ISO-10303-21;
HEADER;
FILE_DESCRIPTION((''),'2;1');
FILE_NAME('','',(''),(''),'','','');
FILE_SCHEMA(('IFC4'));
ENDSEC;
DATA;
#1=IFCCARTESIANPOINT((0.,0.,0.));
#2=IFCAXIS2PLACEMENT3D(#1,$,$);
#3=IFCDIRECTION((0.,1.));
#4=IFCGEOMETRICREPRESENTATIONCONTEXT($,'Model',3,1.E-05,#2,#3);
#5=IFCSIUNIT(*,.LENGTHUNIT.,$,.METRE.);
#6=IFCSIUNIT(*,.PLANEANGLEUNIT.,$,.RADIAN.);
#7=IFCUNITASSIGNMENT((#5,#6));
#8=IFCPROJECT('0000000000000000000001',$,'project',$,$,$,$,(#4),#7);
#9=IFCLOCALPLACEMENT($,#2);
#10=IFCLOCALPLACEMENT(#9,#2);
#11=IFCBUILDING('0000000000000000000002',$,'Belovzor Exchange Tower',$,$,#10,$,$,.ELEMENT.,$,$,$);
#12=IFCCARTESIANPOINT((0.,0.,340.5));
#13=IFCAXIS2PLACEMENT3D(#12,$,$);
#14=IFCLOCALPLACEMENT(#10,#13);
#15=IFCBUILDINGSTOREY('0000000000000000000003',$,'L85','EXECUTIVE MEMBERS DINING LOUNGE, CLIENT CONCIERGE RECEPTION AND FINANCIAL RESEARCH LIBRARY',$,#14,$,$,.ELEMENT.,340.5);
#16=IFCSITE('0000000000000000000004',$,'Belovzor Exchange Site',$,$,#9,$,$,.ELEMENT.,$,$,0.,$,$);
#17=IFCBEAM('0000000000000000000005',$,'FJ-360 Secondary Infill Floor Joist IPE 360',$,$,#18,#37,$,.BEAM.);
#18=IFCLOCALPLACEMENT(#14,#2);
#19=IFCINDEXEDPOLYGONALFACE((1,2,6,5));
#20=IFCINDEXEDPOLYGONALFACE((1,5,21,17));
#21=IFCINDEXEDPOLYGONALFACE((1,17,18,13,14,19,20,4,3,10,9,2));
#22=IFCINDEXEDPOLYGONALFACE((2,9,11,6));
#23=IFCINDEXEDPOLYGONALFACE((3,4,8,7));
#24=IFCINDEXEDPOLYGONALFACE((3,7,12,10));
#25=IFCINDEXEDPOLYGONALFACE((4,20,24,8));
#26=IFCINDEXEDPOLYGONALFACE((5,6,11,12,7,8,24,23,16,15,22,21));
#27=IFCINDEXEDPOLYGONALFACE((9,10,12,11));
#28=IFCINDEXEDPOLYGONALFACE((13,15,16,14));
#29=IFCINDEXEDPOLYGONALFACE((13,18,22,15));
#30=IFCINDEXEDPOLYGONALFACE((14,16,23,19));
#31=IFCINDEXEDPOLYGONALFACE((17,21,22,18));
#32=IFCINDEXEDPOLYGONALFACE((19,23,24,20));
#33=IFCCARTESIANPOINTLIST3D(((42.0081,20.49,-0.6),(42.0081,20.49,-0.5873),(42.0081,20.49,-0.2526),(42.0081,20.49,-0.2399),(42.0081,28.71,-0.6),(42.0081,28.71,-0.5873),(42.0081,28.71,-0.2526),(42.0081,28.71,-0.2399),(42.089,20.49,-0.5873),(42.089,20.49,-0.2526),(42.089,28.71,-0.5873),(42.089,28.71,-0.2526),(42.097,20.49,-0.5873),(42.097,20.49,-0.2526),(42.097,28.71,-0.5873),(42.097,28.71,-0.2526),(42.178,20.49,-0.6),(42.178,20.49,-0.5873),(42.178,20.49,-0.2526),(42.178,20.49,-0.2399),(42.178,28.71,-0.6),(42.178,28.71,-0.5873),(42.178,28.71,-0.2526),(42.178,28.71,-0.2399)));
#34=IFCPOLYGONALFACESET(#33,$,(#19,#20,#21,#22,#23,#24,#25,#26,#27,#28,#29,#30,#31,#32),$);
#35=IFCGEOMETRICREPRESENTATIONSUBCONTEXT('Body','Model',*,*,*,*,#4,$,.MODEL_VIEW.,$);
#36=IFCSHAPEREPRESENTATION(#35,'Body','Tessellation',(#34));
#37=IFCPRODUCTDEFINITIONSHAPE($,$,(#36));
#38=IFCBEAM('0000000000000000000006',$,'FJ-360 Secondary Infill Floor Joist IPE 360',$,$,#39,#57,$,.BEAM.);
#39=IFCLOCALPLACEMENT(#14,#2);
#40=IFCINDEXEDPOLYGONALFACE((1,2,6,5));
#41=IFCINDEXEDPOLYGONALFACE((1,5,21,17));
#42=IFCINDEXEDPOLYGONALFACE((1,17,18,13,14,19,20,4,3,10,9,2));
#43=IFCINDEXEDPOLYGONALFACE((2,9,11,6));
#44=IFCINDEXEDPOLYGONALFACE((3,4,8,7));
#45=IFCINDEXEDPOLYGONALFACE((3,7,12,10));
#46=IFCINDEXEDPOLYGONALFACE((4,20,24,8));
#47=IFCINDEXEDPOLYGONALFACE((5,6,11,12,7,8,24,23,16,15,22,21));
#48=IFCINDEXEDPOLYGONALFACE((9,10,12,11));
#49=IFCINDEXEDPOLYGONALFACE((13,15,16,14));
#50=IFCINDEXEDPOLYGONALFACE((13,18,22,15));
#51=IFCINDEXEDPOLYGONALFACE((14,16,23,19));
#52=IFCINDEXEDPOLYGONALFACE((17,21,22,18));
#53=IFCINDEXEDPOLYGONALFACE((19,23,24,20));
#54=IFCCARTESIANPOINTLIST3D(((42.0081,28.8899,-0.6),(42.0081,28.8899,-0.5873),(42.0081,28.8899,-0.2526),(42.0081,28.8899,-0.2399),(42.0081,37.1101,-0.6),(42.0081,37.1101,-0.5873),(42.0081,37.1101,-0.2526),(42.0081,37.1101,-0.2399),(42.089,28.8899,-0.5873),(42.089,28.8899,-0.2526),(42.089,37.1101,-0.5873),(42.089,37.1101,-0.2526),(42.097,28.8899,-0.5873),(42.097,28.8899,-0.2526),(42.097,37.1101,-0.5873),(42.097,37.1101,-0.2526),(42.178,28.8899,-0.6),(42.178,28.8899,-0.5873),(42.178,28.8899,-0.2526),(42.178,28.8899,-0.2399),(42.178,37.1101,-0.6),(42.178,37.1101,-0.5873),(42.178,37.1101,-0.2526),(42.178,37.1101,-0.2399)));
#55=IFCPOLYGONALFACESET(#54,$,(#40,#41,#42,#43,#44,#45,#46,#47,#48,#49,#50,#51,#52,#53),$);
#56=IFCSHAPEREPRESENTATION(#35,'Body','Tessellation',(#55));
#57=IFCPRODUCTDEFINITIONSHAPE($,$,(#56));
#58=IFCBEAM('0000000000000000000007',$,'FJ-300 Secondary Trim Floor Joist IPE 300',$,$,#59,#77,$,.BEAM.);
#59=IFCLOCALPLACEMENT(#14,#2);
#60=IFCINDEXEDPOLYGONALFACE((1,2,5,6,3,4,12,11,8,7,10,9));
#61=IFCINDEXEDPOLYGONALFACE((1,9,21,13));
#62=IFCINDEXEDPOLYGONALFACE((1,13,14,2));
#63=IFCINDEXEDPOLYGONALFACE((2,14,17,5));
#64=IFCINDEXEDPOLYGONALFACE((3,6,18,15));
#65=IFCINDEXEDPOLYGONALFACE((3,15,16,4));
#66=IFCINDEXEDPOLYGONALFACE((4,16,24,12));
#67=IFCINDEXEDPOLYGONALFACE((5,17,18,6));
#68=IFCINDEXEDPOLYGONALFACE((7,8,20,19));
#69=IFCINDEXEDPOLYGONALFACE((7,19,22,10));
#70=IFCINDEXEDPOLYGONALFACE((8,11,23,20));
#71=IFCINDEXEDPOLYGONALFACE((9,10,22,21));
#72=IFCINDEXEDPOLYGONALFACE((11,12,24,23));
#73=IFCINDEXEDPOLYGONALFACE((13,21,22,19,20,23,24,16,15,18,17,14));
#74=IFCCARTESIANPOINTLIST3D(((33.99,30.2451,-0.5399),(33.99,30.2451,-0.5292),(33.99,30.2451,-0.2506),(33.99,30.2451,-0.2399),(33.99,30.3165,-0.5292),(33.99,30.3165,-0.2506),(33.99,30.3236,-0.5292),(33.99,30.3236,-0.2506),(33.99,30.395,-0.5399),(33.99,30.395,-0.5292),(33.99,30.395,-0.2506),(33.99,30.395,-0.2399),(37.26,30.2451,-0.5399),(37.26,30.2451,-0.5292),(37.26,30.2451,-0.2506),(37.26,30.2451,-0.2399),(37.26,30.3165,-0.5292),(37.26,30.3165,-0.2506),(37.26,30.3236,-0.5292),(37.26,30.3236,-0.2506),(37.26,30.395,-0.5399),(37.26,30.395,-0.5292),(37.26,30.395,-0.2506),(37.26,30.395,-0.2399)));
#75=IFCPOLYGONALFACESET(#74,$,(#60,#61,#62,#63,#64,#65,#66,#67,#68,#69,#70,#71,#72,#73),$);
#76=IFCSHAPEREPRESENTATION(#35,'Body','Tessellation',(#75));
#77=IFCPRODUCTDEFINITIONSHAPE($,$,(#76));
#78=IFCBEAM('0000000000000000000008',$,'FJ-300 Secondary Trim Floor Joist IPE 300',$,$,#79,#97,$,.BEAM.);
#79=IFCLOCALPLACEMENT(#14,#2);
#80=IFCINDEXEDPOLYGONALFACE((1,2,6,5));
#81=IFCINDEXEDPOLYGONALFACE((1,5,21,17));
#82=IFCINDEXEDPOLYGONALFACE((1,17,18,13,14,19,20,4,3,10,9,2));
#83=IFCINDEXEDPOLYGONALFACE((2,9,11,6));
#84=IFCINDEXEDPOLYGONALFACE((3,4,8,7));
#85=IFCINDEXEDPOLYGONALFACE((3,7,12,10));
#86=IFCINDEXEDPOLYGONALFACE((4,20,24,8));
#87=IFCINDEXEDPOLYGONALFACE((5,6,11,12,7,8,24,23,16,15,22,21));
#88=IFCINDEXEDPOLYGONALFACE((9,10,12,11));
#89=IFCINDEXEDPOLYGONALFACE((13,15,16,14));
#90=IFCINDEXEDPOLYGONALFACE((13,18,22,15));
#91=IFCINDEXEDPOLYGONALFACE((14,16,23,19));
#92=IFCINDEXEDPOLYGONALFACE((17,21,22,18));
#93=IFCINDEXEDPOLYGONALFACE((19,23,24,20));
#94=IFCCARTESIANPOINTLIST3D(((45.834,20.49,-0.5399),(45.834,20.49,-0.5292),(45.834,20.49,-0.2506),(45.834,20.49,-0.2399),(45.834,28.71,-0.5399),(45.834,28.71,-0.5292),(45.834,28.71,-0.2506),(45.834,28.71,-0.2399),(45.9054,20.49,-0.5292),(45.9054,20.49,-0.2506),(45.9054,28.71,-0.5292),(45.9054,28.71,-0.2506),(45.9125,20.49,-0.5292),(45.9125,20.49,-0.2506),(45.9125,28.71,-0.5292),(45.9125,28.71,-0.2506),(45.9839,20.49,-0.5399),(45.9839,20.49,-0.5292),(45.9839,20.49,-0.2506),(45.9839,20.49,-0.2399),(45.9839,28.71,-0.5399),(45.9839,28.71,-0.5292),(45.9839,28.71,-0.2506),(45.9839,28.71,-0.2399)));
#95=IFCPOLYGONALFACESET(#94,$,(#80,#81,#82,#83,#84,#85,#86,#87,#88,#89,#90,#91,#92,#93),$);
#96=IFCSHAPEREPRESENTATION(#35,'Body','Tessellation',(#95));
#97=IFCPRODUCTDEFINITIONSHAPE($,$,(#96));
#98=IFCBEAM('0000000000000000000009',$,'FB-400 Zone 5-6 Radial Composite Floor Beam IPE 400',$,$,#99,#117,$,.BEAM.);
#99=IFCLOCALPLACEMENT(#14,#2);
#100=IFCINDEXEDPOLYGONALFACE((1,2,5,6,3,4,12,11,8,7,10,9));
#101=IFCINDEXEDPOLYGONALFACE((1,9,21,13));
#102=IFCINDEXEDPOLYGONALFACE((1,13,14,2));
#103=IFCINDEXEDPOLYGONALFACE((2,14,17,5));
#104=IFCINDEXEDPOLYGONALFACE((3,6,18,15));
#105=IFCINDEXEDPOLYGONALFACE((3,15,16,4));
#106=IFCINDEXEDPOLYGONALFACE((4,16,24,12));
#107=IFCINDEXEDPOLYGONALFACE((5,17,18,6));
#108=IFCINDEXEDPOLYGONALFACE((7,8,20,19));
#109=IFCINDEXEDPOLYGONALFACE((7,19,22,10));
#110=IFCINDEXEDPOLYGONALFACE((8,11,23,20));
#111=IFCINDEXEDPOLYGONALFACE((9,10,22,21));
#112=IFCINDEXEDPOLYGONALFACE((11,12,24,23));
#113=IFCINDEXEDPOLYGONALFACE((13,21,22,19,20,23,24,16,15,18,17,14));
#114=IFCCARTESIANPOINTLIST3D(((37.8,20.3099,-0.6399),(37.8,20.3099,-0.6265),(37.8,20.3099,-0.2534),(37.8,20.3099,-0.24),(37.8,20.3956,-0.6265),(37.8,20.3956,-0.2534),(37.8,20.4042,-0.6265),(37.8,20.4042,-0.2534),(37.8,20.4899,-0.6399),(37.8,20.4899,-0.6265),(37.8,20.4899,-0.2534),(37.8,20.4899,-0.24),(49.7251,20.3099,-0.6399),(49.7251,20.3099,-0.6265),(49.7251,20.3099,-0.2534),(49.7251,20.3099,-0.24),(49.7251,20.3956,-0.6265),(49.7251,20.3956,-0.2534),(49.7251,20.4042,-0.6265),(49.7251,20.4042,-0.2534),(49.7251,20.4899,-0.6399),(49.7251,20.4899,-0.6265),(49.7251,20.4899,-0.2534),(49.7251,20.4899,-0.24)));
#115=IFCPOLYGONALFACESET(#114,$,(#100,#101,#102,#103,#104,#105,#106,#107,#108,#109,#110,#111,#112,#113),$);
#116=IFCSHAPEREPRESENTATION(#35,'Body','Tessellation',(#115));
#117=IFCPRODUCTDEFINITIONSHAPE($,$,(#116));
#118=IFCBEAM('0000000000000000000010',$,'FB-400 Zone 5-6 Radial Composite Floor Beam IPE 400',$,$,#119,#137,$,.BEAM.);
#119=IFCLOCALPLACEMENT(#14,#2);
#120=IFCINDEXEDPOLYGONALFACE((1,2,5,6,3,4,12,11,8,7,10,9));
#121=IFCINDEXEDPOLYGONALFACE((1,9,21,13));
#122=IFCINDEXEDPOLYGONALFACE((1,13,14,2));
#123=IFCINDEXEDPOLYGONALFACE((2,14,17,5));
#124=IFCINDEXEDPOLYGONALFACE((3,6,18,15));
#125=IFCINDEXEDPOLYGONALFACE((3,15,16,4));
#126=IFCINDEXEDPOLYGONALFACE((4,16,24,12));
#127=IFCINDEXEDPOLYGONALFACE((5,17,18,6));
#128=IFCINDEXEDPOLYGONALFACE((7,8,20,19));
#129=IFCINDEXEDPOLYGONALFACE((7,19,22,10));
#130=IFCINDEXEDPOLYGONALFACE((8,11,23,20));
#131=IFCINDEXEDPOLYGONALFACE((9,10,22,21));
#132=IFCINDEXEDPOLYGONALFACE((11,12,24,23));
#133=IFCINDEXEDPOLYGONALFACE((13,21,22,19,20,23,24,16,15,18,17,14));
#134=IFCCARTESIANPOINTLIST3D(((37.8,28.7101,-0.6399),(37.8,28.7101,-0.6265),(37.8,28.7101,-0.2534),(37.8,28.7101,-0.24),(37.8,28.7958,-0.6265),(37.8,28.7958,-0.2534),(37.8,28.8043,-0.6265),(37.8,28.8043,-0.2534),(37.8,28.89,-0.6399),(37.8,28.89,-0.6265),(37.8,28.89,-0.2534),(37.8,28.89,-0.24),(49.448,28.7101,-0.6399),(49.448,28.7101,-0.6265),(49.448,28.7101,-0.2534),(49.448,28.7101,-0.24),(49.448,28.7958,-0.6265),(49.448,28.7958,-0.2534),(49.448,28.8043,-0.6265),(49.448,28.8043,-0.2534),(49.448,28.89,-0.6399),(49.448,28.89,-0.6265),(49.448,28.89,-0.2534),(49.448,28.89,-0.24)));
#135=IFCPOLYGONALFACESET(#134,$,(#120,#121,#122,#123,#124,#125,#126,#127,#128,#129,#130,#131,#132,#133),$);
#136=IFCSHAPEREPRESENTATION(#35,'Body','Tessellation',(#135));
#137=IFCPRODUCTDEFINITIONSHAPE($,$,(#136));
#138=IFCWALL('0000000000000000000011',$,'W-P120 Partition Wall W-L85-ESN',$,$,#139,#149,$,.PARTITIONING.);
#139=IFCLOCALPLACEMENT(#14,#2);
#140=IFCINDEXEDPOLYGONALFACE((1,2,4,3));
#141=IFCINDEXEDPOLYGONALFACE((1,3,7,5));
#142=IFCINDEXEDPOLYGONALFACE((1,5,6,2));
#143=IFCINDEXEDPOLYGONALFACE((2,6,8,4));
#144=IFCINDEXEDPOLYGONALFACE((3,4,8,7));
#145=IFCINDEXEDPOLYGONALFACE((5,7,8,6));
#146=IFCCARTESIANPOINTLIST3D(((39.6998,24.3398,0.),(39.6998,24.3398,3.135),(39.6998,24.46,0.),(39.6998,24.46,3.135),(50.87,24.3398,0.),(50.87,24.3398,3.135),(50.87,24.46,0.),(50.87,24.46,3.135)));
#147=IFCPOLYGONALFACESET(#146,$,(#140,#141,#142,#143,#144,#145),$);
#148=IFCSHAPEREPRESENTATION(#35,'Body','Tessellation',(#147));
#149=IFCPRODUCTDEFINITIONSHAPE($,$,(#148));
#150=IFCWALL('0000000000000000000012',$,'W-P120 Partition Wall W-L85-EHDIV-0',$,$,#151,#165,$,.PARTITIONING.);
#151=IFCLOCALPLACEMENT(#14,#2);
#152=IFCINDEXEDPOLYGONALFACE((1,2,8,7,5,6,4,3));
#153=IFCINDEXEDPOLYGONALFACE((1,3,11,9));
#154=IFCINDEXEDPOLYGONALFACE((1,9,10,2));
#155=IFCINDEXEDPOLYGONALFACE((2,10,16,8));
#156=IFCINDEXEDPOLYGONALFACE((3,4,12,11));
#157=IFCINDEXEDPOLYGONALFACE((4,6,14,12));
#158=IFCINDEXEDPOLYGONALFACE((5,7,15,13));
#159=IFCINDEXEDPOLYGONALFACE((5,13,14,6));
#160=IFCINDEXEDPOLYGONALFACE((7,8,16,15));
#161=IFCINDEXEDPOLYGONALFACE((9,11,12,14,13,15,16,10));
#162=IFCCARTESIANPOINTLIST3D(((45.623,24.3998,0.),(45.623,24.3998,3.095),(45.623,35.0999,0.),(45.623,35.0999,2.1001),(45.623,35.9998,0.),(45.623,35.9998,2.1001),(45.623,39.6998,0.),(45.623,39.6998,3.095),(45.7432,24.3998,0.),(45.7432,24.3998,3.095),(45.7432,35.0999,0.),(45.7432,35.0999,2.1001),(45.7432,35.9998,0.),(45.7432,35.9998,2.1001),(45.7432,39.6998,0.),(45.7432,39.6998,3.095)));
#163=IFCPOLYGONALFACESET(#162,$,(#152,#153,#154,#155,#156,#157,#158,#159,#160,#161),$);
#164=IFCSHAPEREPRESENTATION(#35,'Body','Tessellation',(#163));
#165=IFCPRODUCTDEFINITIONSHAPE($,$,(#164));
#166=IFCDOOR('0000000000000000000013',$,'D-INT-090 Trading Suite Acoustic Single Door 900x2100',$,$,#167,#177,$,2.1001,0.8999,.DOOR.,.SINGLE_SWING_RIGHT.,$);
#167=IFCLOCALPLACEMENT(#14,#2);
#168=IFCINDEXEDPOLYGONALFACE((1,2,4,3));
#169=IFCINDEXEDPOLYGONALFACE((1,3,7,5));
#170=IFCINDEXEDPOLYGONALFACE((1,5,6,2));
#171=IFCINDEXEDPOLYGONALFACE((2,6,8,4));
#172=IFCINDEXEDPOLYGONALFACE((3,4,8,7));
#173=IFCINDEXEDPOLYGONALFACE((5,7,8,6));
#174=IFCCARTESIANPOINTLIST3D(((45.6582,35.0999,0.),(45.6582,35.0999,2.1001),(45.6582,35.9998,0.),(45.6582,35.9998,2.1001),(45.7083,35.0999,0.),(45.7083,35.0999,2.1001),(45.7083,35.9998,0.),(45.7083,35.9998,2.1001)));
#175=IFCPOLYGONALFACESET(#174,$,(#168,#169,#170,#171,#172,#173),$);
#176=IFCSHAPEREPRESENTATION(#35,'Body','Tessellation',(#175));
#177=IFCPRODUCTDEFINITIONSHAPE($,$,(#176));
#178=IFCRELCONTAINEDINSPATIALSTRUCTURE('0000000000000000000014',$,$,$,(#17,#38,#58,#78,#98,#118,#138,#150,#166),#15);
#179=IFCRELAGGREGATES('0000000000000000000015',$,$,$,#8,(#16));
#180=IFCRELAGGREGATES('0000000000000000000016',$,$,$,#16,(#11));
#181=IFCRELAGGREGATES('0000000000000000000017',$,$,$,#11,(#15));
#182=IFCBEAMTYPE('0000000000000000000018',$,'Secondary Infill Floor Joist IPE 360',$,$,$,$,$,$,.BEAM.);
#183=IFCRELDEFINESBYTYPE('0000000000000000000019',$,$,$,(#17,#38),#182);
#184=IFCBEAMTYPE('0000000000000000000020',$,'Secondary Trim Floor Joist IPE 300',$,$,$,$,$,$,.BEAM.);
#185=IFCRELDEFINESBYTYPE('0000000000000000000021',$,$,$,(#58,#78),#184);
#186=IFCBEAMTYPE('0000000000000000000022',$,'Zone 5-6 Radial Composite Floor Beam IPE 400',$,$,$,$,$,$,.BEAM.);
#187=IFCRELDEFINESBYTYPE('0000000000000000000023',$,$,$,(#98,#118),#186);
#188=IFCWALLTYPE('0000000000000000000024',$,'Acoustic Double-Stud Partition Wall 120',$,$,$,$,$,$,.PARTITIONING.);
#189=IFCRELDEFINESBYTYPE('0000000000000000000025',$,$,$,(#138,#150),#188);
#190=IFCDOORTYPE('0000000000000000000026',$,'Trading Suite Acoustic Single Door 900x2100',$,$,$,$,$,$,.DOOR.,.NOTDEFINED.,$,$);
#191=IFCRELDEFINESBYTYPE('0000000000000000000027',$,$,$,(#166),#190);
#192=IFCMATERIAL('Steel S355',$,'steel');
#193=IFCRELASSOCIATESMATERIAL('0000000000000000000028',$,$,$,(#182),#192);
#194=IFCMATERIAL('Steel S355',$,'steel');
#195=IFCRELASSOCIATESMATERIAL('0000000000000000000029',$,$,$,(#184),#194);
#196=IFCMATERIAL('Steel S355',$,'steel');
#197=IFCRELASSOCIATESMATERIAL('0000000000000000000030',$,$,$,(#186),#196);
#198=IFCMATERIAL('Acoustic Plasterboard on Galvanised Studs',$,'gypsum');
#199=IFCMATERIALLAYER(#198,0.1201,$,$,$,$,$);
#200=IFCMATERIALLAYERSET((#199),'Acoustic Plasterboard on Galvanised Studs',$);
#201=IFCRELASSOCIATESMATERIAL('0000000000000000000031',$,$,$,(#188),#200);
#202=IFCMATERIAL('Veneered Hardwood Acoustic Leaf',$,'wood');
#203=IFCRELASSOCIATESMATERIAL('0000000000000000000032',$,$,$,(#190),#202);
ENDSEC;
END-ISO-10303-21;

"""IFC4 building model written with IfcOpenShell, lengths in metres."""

from ifc_helpers import new_model, si_unit, direction, frame, frame_2d, origin, origin_2d, place, context, subcontext, project, spatial, rectangle, i_section, extrude, material, layer, layer_set, material_profile, profile_set, type_object, element, fill, save


model = new_model("IFC4")

# Units and contexts
model_context = context("Model", 3, precision=1e-05, world=origin(), true_north=direction((0.0, 1.0)))
body_context = subcontext(model_context, "Body", "Model", "MODEL_VIEW")
ifc_project = project(units=[si_unit("LENGTHUNIT", "METRE"), si_unit("PLANEANGLEUNIT", "RADIAN")], contexts=[model_context])

# Site, building, storey
site_placement = place(None, origin())
site = spatial("IfcSite", under=ifc_project, at=site_placement, Name="Belovzor Exchange Site", CompositionType="ELEMENT", RefElevation=0.0)
building_placement = place(site_placement, origin())
building = spatial("IfcBuilding", under=site, at=building_placement, Name="Belovzor Exchange Tower", CompositionType="ELEMENT")
storey_placement = place(building_placement, frame((0.0, 0.0, 340.5)))
storey = spatial("IfcBuildingStorey", under=building, at=storey_placement, Name="L85", Description="EXECUTIVE MEMBERS DINING LOUNGE, CLIENT CONCIERGE RECEPTION AND FINANCIAL RESEARCH LIBRARY", CompositionType="ELEMENT", Elevation=340.5)

# Beams
ifc_material_1 = material(Name="Steel S355", Category="steel")
ifc_material_profile_1 = material_profile(ifc_material_1, i_section(OverallWidth=0.1699, OverallDepth=0.3601, WebThickness=0.0081, FlangeThickness=0.0127, at=origin_2d()))
ifc_profile_set_1 = profile_set([ifc_material_profile_1], Name="Steel S355")
beam_type_1 = type_object("IfcBeamType", Name="Secondary Infill Floor Joist IPE 360", PredefinedType="BEAM", material=ifc_profile_set_1)
beam_1_placement = place(storey_placement, frame((42.093, 20.49, -0.4199), z_axis=(0.0, 1.0, 0.0), x_axis=(-1.0, 0.0, 0.0)))
element("IfcBeam", 1, at=beam_1_placement, inside=storey, type_object=beam_type_1, Name="FJ-360 Secondary Infill Floor Joist IPE 360", PredefinedType="BEAM", context=body_context, shape_type="SweptSolid", body=[
    extrude(i_section(OverallWidth=0.1699, OverallDepth=0.3601, WebThickness=0.0081, FlangeThickness=0.0127, at=origin_2d()), origin(), (0.0, 0.0, 1.0), 8.22),
])
beam_2_placement = place(storey_placement, frame((42.093, 28.8899, -0.4199), z_axis=(0.0, 1.0, 0.0), x_axis=(-1.0, 0.0, 0.0)))
element("IfcBeam", 2, at=beam_2_placement, inside=storey, type_object=beam_type_1, Name="FJ-360 Secondary Infill Floor Joist IPE 360", PredefinedType="BEAM", context=body_context, shape_type="SweptSolid", body=[
    extrude(i_section(OverallWidth=0.1699, OverallDepth=0.3601, WebThickness=0.0081, FlangeThickness=0.0127, at=origin_2d()), origin(), (0.0, 0.0, 1.0), 8.2202),
])
ifc_material_2 = material(Name="Steel S355", Category="steel")
ifc_material_profile_2 = material_profile(ifc_material_2, i_section(OverallWidth=0.1499, OverallDepth=0.3, WebThickness=0.0071, FlangeThickness=0.0107, at=origin_2d()))
ifc_profile_set_2 = profile_set([ifc_material_profile_2], Name="Steel S355")
beam_type_2 = type_object("IfcBeamType", Name="Secondary Trim Floor Joist IPE 300", PredefinedType="BEAM", material=ifc_profile_set_2)
beam_3_placement = place(storey_placement, frame((37.26, 30.3201, -0.3899), z_axis=(-1.0, 0.0, 0.0), x_axis=(0.0, -1.0, 0.0)))
element("IfcBeam", 3, at=beam_3_placement, inside=storey, type_object=beam_type_2, Name="FJ-300 Secondary Trim Floor Joist IPE 300", PredefinedType="BEAM", context=body_context, shape_type="SweptSolid", body=[
    extrude(i_section(OverallWidth=0.1499, OverallDepth=0.3, WebThickness=0.0071, FlangeThickness=0.0107, at=origin_2d()), origin(), (0.0, 0.0, 1.0), 3.27),
])
beam_4_placement = place(storey_placement, frame((45.9089, 20.49, -0.3899), z_axis=(0.0, 1.0, 0.0), x_axis=(-1.0, 0.0, 0.0)))
element("IfcBeam", 4, at=beam_4_placement, inside=storey, type_object=beam_type_2, Name="FJ-300 Secondary Trim Floor Joist IPE 300", PredefinedType="BEAM", context=body_context, shape_type="SweptSolid", body=[
    extrude(i_section(OverallWidth=0.1499, OverallDepth=0.3, WebThickness=0.0071, FlangeThickness=0.0107, at=origin_2d()), origin(), (0.0, 0.0, 1.0), 8.22),
])
ifc_material_3 = material(Name="Steel S355", Category="steel")
ifc_material_profile_3 = material_profile(ifc_material_3, i_section(OverallWidth=0.1799, OverallDepth=0.3999, WebThickness=0.0085, FlangeThickness=0.0134, at=origin_2d()))
ifc_profile_set_3 = profile_set([ifc_material_profile_3], Name="Steel S355")
beam_type_3 = type_object("IfcBeamType", Name="Zone 5-6 Radial Composite Floor Beam IPE 400", PredefinedType="BEAM", material=ifc_profile_set_3)
beam_5_placement = place(storey_placement, frame((37.8, 20.3999, -0.4399), z_axis=(1.0, 0.0, 0.0), x_axis=(0.0, 1.0, 0.0)))
element("IfcBeam", 5, at=beam_5_placement, inside=storey, type_object=beam_type_3, Name="FB-400 Zone 5-6 Radial Composite Floor Beam IPE 400", PredefinedType="BEAM", context=body_context, shape_type="SweptSolid", body=[
    extrude(i_section(OverallWidth=0.1799, OverallDepth=0.3999, WebThickness=0.0085, FlangeThickness=0.0134, at=origin_2d()), origin(), (0.0, 0.0, 1.0), 11.925),
])
beam_6_placement = place(storey_placement, frame((37.8, 28.8, -0.4399), z_axis=(1.0, 0.0, 0.0), x_axis=(0.0, 1.0, 0.0)))
element("IfcBeam", 6, at=beam_6_placement, inside=storey, type_object=beam_type_3, Name="FB-400 Zone 5-6 Radial Composite Floor Beam IPE 400", PredefinedType="BEAM", context=body_context, shape_type="SweptSolid", body=[
    extrude(i_section(OverallWidth=0.1799, OverallDepth=0.3999, WebThickness=0.0085, FlangeThickness=0.0134, at=origin_2d()), origin(), (0.0, 0.0, 1.0), 11.6479),
])

# Wall
ifc_material_4 = material(Name="Acoustic Plasterboard on Galvanised Studs", Category="gypsum")
ifc_layer_1 = layer(ifc_material_4, 0.1201)
ifc_layer_set_1 = layer_set([ifc_layer_1], Name="Acoustic Plasterboard on Galvanised Studs")
wall_type_1 = type_object("IfcWallType", Name="Acoustic Double-Stud Partition Wall 120", PredefinedType="PARTITIONING", material=ifc_layer_set_1)
wall_1_placement = place(storey_placement, frame((39.7, 24.3999, 0.0), z_axis=(0.0, 0.0, 1.0), x_axis=(1.0, 0.0, 0.0)))
element("IfcWall", 7, at=wall_1_placement, inside=storey, type_object=wall_type_1, Name="W-P120 Partition Wall W-L85-ESN", PredefinedType="PARTITIONING", context=body_context, shape_type="SweptSolid", body=[
    extrude(rectangle(XDim=11.1702, YDim=0.1201, at=frame_2d((5.585, 0.0))), origin(), (0.0, 0.0, 1.0), 3.135),
])

# Wall, opening, door
wall_2_placement = place(storey_placement, frame((45.6831, 24.3999, 0.0), z_axis=(0.0, 0.0, 1.0), x_axis=(0.0, 1.0, 0.0)))
wall_2 = element("IfcWall", 8, at=wall_2_placement, inside=storey, type_object=wall_type_1, Name="W-P120 Partition Wall W-L85-EHDIV-0", PredefinedType="PARTITIONING", context=body_context, shape_type="SweptSolid", body=[
    extrude(rectangle(XDim=15.3, YDim=0.1201, at=frame_2d((7.6499, 0.0))), origin(), (0.0, 0.0, 1.0), 3.095),
])
opening_1_placement = place(wall_2_placement, frame((10.7, 0.0, 0.0)))
opening_1 = element("IfcOpeningElement", 9, at=opening_1_placement, cuts=wall_2, PredefinedType="OPENING", context=body_context, shape_type="SweptSolid", body=[
    extrude(rectangle(XDim=0.8999, YDim=2.1001, at=frame_2d((0.45, 1.05))), frame((0.0, 0.0701, 0.0), z_axis=(0.0, -1.0, 0.0), x_axis=(1.0, 0.0, 0.0)), (0.0, 0.0, 1.0), 0.1401),
])
ifc_material_5 = material(Name="Veneered Hardwood Acoustic Leaf", Category="wood")
door_type_1 = type_object("IfcDoorType", Name="Trading Suite Acoustic Single Door 900x2100", OperationType="NOTDEFINED", PredefinedType="DOOR", material=ifc_material_5)
door_1_placement = place(opening_1_placement, origin())
door_1 = element("IfcDoor", 10, at=door_1_placement, inside=storey, type_object=door_type_1, Name="D-INT-090 Trading Suite Acoustic Single Door 900x2100", OperationType="SINGLE_SWING_RIGHT", OverallHeight=2.1001, OverallWidth=0.8999, PredefinedType="DOOR", context=body_context, shape_type="SweptSolid", body=[
    extrude(rectangle(XDim=0.8999, YDim=2.1001, at=frame_2d((0.45, 1.05))), frame((0.0, 0.0249, 0.0), z_axis=(0.0, -1.0, 0.0), x_axis=(1.0, 0.0, 0.0)), (0.0, 0.0, 1.0), 0.05),
])
fill(opening_1, door_1)

save(model, "model.ifc")
